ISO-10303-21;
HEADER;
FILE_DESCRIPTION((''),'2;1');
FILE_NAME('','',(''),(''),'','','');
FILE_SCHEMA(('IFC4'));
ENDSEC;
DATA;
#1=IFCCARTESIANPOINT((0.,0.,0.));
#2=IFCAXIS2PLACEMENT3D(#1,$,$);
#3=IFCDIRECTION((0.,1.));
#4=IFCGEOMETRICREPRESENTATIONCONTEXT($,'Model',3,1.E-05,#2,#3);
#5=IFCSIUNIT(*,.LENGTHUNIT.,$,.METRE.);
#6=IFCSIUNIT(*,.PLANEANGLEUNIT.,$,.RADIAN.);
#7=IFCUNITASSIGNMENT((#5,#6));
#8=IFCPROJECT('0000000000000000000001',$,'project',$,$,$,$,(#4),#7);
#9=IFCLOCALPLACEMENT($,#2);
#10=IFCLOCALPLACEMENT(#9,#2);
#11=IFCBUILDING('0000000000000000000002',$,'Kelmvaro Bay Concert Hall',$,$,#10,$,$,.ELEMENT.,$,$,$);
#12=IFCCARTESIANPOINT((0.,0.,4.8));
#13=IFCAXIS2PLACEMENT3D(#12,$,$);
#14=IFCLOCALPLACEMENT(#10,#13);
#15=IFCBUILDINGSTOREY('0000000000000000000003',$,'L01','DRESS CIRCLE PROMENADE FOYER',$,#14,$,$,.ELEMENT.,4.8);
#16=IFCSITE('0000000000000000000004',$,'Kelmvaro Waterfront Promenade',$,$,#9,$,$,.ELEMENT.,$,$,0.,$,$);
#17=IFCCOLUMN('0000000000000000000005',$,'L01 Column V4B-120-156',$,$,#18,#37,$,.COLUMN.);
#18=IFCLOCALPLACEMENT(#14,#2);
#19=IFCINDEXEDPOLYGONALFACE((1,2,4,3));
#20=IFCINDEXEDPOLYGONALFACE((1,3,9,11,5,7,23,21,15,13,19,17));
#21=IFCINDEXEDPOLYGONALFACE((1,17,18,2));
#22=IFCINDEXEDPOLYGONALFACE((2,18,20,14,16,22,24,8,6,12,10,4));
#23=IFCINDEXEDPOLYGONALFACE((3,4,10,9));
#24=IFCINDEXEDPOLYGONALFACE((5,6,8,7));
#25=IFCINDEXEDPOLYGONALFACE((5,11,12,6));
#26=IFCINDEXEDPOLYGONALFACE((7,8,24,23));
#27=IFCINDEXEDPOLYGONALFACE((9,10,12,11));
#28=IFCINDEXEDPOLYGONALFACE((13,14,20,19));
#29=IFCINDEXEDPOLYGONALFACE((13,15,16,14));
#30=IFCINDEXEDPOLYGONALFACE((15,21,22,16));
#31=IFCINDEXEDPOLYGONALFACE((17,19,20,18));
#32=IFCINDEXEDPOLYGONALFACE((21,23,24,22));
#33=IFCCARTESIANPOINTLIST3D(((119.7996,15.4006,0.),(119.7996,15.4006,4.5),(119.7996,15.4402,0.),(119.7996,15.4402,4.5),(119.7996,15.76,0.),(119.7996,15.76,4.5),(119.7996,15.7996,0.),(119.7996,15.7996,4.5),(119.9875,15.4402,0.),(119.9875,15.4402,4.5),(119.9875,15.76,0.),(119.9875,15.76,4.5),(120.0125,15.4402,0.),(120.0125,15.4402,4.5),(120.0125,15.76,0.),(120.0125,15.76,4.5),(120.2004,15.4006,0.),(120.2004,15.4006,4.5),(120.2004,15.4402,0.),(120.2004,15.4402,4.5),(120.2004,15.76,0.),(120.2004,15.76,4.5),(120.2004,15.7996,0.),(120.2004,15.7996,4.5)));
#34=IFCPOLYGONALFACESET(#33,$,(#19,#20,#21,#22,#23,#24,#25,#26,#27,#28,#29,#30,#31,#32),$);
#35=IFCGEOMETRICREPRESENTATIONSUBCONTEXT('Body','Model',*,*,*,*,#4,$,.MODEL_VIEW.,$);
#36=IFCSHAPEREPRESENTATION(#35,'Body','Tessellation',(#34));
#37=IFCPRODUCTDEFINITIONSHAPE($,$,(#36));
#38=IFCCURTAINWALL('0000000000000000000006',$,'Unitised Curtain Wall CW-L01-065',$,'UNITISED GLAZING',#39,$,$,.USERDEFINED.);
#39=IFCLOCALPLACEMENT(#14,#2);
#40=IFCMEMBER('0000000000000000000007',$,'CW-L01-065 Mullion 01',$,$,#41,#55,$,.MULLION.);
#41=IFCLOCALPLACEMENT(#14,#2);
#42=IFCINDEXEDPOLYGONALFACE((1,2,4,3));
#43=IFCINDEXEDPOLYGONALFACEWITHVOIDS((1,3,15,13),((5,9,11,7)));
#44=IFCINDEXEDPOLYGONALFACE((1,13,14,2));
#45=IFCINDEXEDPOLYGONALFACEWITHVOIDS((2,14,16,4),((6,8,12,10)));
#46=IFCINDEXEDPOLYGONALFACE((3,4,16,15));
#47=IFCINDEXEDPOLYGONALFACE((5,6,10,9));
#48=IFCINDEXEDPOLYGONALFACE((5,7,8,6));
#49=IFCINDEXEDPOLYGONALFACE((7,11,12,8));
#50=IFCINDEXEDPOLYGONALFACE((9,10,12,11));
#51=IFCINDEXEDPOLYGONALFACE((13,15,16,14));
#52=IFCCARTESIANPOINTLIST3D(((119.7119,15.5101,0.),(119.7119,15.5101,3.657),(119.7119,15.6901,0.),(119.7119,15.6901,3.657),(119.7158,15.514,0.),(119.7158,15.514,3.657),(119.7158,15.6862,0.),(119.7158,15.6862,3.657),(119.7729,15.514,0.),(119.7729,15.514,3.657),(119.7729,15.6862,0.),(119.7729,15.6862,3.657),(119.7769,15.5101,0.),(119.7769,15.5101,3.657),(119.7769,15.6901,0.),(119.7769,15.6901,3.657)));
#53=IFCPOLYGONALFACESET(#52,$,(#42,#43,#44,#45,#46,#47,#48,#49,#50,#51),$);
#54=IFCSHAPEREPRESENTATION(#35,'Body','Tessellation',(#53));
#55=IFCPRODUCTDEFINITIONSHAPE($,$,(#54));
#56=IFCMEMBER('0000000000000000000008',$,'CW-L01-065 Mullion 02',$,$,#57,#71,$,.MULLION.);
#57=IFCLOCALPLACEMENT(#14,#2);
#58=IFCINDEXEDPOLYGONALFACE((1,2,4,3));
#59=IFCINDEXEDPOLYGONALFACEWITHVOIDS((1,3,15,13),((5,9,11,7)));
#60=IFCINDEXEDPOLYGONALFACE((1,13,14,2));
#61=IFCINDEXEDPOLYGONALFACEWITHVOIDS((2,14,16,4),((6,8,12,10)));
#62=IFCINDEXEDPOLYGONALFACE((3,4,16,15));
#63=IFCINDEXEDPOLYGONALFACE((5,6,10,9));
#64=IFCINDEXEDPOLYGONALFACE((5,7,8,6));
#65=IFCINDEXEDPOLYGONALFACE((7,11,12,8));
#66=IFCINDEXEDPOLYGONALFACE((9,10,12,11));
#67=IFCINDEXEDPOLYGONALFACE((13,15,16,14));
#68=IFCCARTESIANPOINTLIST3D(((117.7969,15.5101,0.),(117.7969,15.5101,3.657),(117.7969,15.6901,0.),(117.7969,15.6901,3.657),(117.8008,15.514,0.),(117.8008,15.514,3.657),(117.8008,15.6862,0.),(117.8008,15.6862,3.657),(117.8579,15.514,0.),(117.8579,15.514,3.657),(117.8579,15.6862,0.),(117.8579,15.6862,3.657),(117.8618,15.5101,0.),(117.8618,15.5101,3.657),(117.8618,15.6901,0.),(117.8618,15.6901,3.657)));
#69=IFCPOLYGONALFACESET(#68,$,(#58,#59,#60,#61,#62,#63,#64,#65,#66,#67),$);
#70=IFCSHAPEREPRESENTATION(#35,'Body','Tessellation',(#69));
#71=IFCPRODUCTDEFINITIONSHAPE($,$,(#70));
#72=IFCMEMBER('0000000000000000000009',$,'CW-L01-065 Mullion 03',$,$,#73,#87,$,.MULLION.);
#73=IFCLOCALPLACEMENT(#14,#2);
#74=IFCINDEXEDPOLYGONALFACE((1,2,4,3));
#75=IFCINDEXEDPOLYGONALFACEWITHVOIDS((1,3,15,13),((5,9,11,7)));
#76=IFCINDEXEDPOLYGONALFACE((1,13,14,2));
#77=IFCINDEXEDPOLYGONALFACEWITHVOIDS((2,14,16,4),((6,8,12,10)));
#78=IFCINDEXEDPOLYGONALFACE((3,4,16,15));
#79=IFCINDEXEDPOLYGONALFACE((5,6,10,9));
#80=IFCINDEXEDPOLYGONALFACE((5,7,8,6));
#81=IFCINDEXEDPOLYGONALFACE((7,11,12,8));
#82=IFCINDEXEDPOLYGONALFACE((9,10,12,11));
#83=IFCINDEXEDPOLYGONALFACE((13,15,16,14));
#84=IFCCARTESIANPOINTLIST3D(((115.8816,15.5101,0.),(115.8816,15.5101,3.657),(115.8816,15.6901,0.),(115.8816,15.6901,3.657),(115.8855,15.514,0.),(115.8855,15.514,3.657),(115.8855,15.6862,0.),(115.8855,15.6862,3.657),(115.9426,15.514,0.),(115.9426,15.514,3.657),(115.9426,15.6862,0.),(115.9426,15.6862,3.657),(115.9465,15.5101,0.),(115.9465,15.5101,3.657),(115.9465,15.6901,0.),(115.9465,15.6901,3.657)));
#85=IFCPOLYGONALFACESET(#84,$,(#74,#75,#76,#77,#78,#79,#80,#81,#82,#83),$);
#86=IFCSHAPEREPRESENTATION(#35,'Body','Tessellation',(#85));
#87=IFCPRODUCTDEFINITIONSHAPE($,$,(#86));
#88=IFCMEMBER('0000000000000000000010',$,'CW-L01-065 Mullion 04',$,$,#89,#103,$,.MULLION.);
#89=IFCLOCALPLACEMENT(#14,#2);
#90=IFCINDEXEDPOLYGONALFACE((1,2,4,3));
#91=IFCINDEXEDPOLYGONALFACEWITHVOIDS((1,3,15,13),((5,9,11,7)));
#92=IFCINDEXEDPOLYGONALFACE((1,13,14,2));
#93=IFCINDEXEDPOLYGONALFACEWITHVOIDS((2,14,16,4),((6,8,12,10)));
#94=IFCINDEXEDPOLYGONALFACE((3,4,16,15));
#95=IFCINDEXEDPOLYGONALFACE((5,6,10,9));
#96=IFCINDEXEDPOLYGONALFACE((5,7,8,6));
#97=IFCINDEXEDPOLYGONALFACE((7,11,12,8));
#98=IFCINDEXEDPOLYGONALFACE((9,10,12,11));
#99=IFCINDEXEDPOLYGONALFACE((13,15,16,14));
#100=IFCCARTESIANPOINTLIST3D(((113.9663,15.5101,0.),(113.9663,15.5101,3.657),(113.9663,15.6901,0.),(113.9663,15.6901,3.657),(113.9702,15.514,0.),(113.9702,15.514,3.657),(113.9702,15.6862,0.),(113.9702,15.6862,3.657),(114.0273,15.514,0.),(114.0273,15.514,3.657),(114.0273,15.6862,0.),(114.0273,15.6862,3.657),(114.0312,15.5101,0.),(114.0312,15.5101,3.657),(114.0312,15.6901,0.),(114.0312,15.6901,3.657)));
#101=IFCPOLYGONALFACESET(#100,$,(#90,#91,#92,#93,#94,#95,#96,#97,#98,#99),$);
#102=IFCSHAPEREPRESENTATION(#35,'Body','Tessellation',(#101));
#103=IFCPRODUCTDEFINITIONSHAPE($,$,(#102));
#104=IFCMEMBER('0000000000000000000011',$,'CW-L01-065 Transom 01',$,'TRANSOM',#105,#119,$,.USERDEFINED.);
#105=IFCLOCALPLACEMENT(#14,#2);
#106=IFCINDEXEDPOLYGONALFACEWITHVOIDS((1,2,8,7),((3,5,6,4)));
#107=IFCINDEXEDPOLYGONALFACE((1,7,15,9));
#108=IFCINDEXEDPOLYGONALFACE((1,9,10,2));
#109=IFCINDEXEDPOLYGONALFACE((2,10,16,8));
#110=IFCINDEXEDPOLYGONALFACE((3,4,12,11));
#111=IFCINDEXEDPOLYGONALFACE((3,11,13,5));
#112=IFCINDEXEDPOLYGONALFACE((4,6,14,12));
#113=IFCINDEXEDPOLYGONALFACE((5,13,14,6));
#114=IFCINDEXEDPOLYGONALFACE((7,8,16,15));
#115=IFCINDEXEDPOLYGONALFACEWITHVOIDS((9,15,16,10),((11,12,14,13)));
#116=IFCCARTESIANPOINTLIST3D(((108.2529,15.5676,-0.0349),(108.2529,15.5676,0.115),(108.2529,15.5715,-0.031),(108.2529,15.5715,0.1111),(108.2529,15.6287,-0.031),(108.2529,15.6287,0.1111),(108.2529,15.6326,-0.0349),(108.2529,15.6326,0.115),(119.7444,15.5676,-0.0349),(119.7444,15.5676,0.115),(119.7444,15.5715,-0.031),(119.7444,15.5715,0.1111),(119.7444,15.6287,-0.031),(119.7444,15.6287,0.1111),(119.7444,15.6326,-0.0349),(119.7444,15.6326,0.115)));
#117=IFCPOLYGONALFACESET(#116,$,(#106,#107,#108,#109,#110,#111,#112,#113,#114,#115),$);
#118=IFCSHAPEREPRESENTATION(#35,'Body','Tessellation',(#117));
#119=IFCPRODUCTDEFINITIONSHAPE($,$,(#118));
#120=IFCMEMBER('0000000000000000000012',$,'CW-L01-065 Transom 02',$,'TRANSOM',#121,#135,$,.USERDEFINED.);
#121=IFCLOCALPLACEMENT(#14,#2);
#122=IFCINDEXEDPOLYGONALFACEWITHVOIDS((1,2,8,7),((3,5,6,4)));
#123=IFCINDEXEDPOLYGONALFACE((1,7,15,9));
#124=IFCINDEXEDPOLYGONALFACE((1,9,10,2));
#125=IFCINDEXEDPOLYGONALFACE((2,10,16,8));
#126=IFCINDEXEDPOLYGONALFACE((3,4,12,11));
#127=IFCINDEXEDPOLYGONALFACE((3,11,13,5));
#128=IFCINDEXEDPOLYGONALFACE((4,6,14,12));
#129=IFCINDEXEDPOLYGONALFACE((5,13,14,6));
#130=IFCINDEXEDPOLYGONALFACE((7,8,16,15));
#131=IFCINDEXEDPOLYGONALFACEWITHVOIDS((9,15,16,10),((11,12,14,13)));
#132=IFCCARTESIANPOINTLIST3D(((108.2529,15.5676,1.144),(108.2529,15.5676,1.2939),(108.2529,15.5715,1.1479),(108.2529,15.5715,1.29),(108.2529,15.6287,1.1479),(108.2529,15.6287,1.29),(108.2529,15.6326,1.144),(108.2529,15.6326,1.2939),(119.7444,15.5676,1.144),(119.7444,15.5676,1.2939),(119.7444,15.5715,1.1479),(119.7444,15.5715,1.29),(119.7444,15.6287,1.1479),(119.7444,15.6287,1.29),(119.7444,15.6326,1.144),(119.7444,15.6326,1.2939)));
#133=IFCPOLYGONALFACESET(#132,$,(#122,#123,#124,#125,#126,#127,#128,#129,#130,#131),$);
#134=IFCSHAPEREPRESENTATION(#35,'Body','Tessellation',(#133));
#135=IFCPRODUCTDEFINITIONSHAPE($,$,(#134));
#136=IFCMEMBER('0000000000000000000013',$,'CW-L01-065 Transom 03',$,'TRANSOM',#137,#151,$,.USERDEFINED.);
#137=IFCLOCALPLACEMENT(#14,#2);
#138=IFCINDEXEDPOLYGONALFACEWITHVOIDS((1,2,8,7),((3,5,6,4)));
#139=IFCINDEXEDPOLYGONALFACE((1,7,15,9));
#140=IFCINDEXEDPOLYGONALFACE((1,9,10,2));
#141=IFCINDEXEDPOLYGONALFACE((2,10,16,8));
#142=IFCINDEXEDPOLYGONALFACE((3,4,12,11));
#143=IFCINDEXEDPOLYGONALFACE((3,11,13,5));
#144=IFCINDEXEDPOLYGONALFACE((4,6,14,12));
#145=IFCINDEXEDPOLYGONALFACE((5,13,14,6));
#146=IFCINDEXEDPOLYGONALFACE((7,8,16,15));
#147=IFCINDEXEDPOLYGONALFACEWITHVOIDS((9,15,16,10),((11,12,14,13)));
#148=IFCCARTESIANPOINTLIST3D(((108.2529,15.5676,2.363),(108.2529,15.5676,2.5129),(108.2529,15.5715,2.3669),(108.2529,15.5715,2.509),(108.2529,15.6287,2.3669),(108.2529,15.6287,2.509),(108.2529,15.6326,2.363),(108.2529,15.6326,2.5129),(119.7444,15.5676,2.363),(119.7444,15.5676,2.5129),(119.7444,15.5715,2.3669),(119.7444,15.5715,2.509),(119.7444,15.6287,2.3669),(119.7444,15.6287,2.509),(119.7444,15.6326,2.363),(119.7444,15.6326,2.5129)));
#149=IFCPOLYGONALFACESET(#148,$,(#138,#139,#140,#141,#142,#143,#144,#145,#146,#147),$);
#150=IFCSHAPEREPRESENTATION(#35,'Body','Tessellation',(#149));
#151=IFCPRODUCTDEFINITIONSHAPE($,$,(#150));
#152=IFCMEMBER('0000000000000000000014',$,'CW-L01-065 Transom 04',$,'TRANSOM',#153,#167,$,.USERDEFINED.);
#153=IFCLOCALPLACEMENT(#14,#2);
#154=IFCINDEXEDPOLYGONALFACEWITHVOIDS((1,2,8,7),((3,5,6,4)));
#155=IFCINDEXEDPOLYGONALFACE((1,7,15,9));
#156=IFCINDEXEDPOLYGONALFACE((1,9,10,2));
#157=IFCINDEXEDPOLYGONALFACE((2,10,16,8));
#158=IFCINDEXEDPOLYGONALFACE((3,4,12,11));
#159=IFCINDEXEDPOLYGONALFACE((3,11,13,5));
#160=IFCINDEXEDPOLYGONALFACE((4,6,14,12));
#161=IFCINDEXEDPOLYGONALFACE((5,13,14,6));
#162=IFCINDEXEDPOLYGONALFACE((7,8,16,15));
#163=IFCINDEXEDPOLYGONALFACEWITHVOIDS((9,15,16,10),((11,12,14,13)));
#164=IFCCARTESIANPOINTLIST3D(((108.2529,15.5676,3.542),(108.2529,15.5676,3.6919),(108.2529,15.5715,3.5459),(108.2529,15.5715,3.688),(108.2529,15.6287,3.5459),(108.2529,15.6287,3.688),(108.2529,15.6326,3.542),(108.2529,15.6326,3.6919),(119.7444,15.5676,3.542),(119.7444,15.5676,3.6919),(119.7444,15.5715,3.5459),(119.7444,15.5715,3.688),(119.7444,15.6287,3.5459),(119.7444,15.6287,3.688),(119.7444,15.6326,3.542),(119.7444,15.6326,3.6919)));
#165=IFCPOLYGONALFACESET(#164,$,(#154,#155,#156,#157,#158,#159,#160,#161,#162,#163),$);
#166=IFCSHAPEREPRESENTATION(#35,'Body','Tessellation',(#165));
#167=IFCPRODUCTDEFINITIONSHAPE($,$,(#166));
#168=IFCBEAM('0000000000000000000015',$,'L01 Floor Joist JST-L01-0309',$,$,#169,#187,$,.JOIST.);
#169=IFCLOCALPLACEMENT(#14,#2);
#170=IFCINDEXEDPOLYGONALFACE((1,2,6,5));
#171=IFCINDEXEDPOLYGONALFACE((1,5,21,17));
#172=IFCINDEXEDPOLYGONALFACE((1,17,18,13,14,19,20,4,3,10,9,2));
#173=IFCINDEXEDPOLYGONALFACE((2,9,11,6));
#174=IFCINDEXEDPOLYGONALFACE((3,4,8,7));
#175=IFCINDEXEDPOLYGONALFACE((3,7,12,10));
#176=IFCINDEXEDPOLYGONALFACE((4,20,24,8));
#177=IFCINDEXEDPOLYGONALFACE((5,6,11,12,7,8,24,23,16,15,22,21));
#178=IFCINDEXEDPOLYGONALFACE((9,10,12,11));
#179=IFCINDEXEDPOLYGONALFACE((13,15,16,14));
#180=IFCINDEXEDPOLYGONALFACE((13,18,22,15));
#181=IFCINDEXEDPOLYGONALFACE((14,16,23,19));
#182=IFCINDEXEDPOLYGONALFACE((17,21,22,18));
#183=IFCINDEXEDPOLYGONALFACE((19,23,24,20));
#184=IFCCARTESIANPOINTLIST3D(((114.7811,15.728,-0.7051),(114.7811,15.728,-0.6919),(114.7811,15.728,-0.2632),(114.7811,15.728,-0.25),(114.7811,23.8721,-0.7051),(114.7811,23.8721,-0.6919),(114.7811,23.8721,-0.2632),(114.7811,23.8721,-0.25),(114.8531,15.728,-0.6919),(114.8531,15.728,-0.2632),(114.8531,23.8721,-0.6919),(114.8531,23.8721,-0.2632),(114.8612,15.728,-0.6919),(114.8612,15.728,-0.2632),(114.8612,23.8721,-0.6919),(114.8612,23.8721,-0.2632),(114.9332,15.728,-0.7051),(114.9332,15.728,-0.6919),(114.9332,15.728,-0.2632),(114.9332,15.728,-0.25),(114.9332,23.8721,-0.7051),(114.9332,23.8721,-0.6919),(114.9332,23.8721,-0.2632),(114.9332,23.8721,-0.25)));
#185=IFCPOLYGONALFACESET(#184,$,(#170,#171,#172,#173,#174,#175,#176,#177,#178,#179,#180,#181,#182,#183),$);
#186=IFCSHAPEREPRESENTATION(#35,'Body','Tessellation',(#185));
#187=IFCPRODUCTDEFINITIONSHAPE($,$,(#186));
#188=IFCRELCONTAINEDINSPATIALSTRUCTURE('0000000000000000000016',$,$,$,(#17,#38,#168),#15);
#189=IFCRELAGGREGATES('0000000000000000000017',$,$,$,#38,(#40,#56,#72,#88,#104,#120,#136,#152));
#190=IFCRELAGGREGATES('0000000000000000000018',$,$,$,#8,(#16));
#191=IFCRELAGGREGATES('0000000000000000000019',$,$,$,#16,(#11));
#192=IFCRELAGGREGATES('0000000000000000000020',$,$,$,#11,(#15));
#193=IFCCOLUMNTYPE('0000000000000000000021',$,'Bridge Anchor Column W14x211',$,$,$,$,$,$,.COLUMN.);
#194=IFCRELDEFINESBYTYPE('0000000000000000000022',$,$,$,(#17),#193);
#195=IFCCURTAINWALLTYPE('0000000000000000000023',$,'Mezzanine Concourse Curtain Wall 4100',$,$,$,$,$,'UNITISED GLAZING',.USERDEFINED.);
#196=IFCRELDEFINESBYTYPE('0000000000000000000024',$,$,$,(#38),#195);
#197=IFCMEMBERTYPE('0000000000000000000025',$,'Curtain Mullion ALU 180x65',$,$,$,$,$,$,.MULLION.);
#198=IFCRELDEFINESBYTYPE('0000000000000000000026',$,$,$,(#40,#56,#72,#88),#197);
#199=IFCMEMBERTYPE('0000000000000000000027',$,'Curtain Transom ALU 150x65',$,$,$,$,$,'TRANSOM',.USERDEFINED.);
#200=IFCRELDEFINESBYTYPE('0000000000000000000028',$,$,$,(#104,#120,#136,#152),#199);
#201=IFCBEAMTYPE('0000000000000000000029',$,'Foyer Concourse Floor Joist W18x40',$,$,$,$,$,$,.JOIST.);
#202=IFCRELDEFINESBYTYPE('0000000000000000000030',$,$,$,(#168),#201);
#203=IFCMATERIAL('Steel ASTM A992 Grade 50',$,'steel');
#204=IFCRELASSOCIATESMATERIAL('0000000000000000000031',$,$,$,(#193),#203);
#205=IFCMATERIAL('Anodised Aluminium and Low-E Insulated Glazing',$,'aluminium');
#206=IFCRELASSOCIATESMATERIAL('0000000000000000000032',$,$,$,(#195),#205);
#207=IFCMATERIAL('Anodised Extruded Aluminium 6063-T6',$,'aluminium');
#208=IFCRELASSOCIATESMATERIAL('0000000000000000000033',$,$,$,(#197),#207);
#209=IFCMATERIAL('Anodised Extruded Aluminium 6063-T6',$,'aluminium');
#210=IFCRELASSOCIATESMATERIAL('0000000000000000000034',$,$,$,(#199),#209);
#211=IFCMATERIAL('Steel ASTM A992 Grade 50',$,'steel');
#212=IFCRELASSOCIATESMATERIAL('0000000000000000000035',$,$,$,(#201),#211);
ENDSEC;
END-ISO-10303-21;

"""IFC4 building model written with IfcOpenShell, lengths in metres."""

from ifc_helpers import new_model, si_unit, direction, frame, origin, origin_2d, place, context, subcontext, project, spatial, hollow_rectangle, i_section, extrude, material, material_profile, profile_set, type_object, element, aggregate, save


model = new_model("IFC4")

# Units and contexts
model_context = context("Model", 3, precision=1e-05, world=origin(), true_north=direction((0.0, 1.0)))
body_context = subcontext(model_context, "Body", "Model", "MODEL_VIEW")
ifc_project = project(units=[si_unit("LENGTHUNIT", "METRE"), si_unit("PLANEANGLEUNIT", "RADIAN")], contexts=[model_context])

# Site, building, storey
site_placement = place(None, origin())
site = spatial("IfcSite", under=ifc_project, at=site_placement, Name="Kelmvaro Waterfront Promenade", CompositionType="ELEMENT", RefElevation=0.0)
building_placement = place(site_placement, origin())
building = spatial("IfcBuilding", under=site, at=building_placement, Name="Kelmvaro Bay Concert Hall", CompositionType="ELEMENT")
storey_placement = place(building_placement, frame((0.0, 0.0, 4.8)))
storey = spatial("IfcBuildingStorey", under=building, at=storey_placement, Name="L01", Description="DRESS CIRCLE PROMENADE FOYER", CompositionType="ELEMENT", Elevation=4.8)

# Column
ifc_material_1 = material(Name="Steel ASTM A992 Grade 50", Category="steel")
ifc_material_profile_1 = material_profile(ifc_material_1, i_section(OverallWidth=0.4009, OverallDepth=0.3989, WebThickness=0.0249, FlangeThickness=0.0396, at=origin_2d()), Name="W14X211")
ifc_profile_set_1 = profile_set([ifc_material_profile_1], Name="Steel ASTM A992 Grade 50")
column_type = type_object("IfcColumnType", Name="Bridge Anchor Column W14x211", PredefinedType="COLUMN", material=ifc_profile_set_1)
column_placement = place(storey_placement, frame((120.0, 15.6001, 0.0), z_axis=(0.0, 0.0, 1.0), x_axis=(1.0, 0.0, 0.0)))
element("IfcColumn", 1, at=column_placement, inside=storey, type_object=column_type, Name="L01 Column V4B-120-156", PredefinedType="COLUMN", context=body_context, shape_type="SweptSolid", body=[
    extrude(i_section(OverallWidth=0.4009, OverallDepth=0.3989, WebThickness=0.0249, FlangeThickness=0.0396, at=origin_2d()), origin(), (0.0, 0.0, 1.0), 4.5),
])

# Curtain wall, members
ifc_material_2 = material(Name="Anodised Aluminium and Low-E Insulated Glazing", Category="aluminium")
curtain_wall_type = type_object("IfcCurtainWallType", Name="Mezzanine Concourse Curtain Wall 4100", ElementType="UNITISED GLAZING", PredefinedType="USERDEFINED", material=ifc_material_2)
curtain_wall_placement = place(storey_placement, origin())
curtain_wall = element("IfcCurtainWall", 2, at=curtain_wall_placement, inside=storey, type_object=curtain_wall_type, Name="Unitised Curtain Wall CW-L01-065", ObjectType="UNITISED GLAZING", PredefinedType="USERDEFINED")
ifc_material_3 = material(Name="Anodised Extruded Aluminium 6063-T6", Category="aluminium")
ifc_material_profile_2 = material_profile(ifc_material_3, hollow_rectangle(XDim=0.0649, YDim=0.1799, WallThickness=0.0039, at=origin_2d()), Name="ALU-MUL-180X65")
ifc_profile_set_2 = profile_set([ifc_material_profile_2], Name="Anodised Extruded Aluminium 6063-T6")
member_type_1 = type_object("IfcMemberType", Name="Curtain Mullion ALU 180x65", PredefinedType="MULLION", material=ifc_profile_set_2)
member_1_placement = place(storey_placement, frame((119.7444, 15.6001, 0.0), z_axis=(0.0, 0.0, 1.0), x_axis=(1.0, 0.0, 0.0)))
member_1 = element("IfcMember", 3, at=member_1_placement, type_object=member_type_1, Name="CW-L01-065 Mullion 01", PredefinedType="MULLION", context=body_context, shape_type="SweptSolid", body=[
    extrude(hollow_rectangle(XDim=0.0649, YDim=0.1799, WallThickness=0.0039, at=origin_2d()), origin(), (0.0, 0.0, 1.0), 3.657),
])
member_2_placement = place(storey_placement, frame((117.8293, 15.6001, 0.0), z_axis=(0.0, 0.0, 1.0), x_axis=(1.0, 0.0, 0.0)))
member_2 = element("IfcMember", 4, at=member_2_placement, type_object=member_type_1, Name="CW-L01-065 Mullion 02", PredefinedType="MULLION", context=body_context, shape_type="SweptSolid", body=[
    extrude(hollow_rectangle(XDim=0.0649, YDim=0.1799, WallThickness=0.0039, at=origin_2d()), origin(), (0.0, 0.0, 1.0), 3.657),
])
member_3_placement = place(storey_placement, frame((115.9141, 15.6001, 0.0), z_axis=(0.0, 0.0, 1.0), x_axis=(1.0, 0.0, 0.0)))
member_3 = element("IfcMember", 5, at=member_3_placement, type_object=member_type_1, Name="CW-L01-065 Mullion 03", PredefinedType="MULLION", context=body_context, shape_type="SweptSolid", body=[
    extrude(hollow_rectangle(XDim=0.0649, YDim=0.1799, WallThickness=0.0039, at=origin_2d()), origin(), (0.0, 0.0, 1.0), 3.657),
])
member_4_placement = place(storey_placement, frame((113.9988, 15.6001, 0.0), z_axis=(0.0, 0.0, 1.0), x_axis=(1.0, 0.0, 0.0)))
member_4 = element("IfcMember", 6, at=member_4_placement, type_object=member_type_1, Name="CW-L01-065 Mullion 04", PredefinedType="MULLION", context=body_context, shape_type="SweptSolid", body=[
    extrude(hollow_rectangle(XDim=0.0649, YDim=0.1799, WallThickness=0.0039, at=origin_2d()), origin(), (0.0, 0.0, 1.0), 3.657),
])
ifc_material_4 = material(Name="Anodised Extruded Aluminium 6063-T6", Category="aluminium")
ifc_material_profile_3 = material_profile(ifc_material_4, hollow_rectangle(XDim=0.0649, YDim=0.1499, WallThickness=0.0039, at=origin_2d()), Name="ALU-TRN-150X65")
ifc_profile_set_3 = profile_set([ifc_material_profile_3], Name="Anodised Extruded Aluminium 6063-T6")
member_type_2 = type_object("IfcMemberType", Name="Curtain Transom ALU 150x65", ElementType="TRANSOM", PredefinedType="USERDEFINED", material=ifc_profile_set_3)
member_5_placement = place(storey_placement, frame((119.7444, 15.6001, 0.04), z_axis=(-1.0, 0.0, 0.0), x_axis=(0.0, -1.0, 0.0)))
member_5 = element("IfcMember", 7, at=member_5_placement, type_object=member_type_2, Name="CW-L01-065 Transom 01", ObjectType="TRANSOM", PredefinedType="USERDEFINED", context=body_context, shape_type="SweptSolid", body=[
    extrude(hollow_rectangle(XDim=0.0649, YDim=0.1499, WallThickness=0.0039, at=origin_2d()), origin(), (0.0, 0.0, 1.0), 11.4915),
])
member_6_placement = place(storey_placement, frame((119.7444, 15.6001, 1.219), z_axis=(-1.0, 0.0, 0.0), x_axis=(0.0, -1.0, 0.0)))
member_6 = element("IfcMember", 8, at=member_6_placement, type_object=member_type_2, Name="CW-L01-065 Transom 02", ObjectType="TRANSOM", PredefinedType="USERDEFINED", context=body_context, shape_type="SweptSolid", body=[
    extrude(hollow_rectangle(XDim=0.0649, YDim=0.1499, WallThickness=0.0039, at=origin_2d()), origin(), (0.0, 0.0, 1.0), 11.4915),
])
member_7_placement = place(storey_placement, frame((119.7444, 15.6001, 2.438), z_axis=(-1.0, 0.0, 0.0), x_axis=(0.0, -1.0, 0.0)))
member_7 = element("IfcMember", 9, at=member_7_placement, type_object=member_type_2, Name="CW-L01-065 Transom 03", ObjectType="TRANSOM", PredefinedType="USERDEFINED", context=body_context, shape_type="SweptSolid", body=[
    extrude(hollow_rectangle(XDim=0.0649, YDim=0.1499, WallThickness=0.0039, at=origin_2d()), origin(), (0.0, 0.0, 1.0), 11.4915),
])
member_8_placement = place(storey_placement, frame((119.7444, 15.6001, 3.6169), z_axis=(-1.0, 0.0, 0.0), x_axis=(0.0, -1.0, 0.0)))
member_8 = element("IfcMember", 10, at=member_8_placement, type_object=member_type_2, Name="CW-L01-065 Transom 04", ObjectType="TRANSOM", PredefinedType="USERDEFINED", context=body_context, shape_type="SweptSolid", body=[
    extrude(hollow_rectangle(XDim=0.0649, YDim=0.1499, WallThickness=0.0039, at=origin_2d()), origin(), (0.0, 0.0, 1.0), 11.4915),
])

# Beam
ifc_material_5 = material(Name="Steel ASTM A992 Grade 50", Category="steel")
ifc_material_profile_4 = material_profile(ifc_material_5, i_section(OverallWidth=0.1521, OverallDepth=0.4551, WebThickness=0.0081, FlangeThickness=0.0132, at=origin_2d()), Name="W18X40")
ifc_profile_set_4 = profile_set([ifc_material_profile_4], Name="Steel ASTM A992 Grade 50")
beam_type = type_object("IfcBeamType", Name="Foyer Concourse Floor Joist W18x40", PredefinedType="JOIST", material=ifc_profile_set_4)
beam_placement = place(storey_placement, frame((114.8572, 15.728, -0.4775), z_axis=(0.0, 1.0, 0.0), x_axis=(-1.0, 0.0, 0.0)))
element("IfcBeam", 11, at=beam_placement, inside=storey, type_object=beam_type, Name="L01 Floor Joist JST-L01-0309", PredefinedType="JOIST", context=body_context, shape_type="SweptSolid", body=[
    extrude(i_section(OverallWidth=0.1521, OverallDepth=0.4551, WebThickness=0.0081, FlangeThickness=0.0132, at=origin_2d()), origin(), (0.0, 0.0, 1.0), 8.144),
])

aggregate(curtain_wall, [member_1, member_2, member_3, member_4, member_5, member_6, member_7, member_8])

save(model, "model.ifc")
